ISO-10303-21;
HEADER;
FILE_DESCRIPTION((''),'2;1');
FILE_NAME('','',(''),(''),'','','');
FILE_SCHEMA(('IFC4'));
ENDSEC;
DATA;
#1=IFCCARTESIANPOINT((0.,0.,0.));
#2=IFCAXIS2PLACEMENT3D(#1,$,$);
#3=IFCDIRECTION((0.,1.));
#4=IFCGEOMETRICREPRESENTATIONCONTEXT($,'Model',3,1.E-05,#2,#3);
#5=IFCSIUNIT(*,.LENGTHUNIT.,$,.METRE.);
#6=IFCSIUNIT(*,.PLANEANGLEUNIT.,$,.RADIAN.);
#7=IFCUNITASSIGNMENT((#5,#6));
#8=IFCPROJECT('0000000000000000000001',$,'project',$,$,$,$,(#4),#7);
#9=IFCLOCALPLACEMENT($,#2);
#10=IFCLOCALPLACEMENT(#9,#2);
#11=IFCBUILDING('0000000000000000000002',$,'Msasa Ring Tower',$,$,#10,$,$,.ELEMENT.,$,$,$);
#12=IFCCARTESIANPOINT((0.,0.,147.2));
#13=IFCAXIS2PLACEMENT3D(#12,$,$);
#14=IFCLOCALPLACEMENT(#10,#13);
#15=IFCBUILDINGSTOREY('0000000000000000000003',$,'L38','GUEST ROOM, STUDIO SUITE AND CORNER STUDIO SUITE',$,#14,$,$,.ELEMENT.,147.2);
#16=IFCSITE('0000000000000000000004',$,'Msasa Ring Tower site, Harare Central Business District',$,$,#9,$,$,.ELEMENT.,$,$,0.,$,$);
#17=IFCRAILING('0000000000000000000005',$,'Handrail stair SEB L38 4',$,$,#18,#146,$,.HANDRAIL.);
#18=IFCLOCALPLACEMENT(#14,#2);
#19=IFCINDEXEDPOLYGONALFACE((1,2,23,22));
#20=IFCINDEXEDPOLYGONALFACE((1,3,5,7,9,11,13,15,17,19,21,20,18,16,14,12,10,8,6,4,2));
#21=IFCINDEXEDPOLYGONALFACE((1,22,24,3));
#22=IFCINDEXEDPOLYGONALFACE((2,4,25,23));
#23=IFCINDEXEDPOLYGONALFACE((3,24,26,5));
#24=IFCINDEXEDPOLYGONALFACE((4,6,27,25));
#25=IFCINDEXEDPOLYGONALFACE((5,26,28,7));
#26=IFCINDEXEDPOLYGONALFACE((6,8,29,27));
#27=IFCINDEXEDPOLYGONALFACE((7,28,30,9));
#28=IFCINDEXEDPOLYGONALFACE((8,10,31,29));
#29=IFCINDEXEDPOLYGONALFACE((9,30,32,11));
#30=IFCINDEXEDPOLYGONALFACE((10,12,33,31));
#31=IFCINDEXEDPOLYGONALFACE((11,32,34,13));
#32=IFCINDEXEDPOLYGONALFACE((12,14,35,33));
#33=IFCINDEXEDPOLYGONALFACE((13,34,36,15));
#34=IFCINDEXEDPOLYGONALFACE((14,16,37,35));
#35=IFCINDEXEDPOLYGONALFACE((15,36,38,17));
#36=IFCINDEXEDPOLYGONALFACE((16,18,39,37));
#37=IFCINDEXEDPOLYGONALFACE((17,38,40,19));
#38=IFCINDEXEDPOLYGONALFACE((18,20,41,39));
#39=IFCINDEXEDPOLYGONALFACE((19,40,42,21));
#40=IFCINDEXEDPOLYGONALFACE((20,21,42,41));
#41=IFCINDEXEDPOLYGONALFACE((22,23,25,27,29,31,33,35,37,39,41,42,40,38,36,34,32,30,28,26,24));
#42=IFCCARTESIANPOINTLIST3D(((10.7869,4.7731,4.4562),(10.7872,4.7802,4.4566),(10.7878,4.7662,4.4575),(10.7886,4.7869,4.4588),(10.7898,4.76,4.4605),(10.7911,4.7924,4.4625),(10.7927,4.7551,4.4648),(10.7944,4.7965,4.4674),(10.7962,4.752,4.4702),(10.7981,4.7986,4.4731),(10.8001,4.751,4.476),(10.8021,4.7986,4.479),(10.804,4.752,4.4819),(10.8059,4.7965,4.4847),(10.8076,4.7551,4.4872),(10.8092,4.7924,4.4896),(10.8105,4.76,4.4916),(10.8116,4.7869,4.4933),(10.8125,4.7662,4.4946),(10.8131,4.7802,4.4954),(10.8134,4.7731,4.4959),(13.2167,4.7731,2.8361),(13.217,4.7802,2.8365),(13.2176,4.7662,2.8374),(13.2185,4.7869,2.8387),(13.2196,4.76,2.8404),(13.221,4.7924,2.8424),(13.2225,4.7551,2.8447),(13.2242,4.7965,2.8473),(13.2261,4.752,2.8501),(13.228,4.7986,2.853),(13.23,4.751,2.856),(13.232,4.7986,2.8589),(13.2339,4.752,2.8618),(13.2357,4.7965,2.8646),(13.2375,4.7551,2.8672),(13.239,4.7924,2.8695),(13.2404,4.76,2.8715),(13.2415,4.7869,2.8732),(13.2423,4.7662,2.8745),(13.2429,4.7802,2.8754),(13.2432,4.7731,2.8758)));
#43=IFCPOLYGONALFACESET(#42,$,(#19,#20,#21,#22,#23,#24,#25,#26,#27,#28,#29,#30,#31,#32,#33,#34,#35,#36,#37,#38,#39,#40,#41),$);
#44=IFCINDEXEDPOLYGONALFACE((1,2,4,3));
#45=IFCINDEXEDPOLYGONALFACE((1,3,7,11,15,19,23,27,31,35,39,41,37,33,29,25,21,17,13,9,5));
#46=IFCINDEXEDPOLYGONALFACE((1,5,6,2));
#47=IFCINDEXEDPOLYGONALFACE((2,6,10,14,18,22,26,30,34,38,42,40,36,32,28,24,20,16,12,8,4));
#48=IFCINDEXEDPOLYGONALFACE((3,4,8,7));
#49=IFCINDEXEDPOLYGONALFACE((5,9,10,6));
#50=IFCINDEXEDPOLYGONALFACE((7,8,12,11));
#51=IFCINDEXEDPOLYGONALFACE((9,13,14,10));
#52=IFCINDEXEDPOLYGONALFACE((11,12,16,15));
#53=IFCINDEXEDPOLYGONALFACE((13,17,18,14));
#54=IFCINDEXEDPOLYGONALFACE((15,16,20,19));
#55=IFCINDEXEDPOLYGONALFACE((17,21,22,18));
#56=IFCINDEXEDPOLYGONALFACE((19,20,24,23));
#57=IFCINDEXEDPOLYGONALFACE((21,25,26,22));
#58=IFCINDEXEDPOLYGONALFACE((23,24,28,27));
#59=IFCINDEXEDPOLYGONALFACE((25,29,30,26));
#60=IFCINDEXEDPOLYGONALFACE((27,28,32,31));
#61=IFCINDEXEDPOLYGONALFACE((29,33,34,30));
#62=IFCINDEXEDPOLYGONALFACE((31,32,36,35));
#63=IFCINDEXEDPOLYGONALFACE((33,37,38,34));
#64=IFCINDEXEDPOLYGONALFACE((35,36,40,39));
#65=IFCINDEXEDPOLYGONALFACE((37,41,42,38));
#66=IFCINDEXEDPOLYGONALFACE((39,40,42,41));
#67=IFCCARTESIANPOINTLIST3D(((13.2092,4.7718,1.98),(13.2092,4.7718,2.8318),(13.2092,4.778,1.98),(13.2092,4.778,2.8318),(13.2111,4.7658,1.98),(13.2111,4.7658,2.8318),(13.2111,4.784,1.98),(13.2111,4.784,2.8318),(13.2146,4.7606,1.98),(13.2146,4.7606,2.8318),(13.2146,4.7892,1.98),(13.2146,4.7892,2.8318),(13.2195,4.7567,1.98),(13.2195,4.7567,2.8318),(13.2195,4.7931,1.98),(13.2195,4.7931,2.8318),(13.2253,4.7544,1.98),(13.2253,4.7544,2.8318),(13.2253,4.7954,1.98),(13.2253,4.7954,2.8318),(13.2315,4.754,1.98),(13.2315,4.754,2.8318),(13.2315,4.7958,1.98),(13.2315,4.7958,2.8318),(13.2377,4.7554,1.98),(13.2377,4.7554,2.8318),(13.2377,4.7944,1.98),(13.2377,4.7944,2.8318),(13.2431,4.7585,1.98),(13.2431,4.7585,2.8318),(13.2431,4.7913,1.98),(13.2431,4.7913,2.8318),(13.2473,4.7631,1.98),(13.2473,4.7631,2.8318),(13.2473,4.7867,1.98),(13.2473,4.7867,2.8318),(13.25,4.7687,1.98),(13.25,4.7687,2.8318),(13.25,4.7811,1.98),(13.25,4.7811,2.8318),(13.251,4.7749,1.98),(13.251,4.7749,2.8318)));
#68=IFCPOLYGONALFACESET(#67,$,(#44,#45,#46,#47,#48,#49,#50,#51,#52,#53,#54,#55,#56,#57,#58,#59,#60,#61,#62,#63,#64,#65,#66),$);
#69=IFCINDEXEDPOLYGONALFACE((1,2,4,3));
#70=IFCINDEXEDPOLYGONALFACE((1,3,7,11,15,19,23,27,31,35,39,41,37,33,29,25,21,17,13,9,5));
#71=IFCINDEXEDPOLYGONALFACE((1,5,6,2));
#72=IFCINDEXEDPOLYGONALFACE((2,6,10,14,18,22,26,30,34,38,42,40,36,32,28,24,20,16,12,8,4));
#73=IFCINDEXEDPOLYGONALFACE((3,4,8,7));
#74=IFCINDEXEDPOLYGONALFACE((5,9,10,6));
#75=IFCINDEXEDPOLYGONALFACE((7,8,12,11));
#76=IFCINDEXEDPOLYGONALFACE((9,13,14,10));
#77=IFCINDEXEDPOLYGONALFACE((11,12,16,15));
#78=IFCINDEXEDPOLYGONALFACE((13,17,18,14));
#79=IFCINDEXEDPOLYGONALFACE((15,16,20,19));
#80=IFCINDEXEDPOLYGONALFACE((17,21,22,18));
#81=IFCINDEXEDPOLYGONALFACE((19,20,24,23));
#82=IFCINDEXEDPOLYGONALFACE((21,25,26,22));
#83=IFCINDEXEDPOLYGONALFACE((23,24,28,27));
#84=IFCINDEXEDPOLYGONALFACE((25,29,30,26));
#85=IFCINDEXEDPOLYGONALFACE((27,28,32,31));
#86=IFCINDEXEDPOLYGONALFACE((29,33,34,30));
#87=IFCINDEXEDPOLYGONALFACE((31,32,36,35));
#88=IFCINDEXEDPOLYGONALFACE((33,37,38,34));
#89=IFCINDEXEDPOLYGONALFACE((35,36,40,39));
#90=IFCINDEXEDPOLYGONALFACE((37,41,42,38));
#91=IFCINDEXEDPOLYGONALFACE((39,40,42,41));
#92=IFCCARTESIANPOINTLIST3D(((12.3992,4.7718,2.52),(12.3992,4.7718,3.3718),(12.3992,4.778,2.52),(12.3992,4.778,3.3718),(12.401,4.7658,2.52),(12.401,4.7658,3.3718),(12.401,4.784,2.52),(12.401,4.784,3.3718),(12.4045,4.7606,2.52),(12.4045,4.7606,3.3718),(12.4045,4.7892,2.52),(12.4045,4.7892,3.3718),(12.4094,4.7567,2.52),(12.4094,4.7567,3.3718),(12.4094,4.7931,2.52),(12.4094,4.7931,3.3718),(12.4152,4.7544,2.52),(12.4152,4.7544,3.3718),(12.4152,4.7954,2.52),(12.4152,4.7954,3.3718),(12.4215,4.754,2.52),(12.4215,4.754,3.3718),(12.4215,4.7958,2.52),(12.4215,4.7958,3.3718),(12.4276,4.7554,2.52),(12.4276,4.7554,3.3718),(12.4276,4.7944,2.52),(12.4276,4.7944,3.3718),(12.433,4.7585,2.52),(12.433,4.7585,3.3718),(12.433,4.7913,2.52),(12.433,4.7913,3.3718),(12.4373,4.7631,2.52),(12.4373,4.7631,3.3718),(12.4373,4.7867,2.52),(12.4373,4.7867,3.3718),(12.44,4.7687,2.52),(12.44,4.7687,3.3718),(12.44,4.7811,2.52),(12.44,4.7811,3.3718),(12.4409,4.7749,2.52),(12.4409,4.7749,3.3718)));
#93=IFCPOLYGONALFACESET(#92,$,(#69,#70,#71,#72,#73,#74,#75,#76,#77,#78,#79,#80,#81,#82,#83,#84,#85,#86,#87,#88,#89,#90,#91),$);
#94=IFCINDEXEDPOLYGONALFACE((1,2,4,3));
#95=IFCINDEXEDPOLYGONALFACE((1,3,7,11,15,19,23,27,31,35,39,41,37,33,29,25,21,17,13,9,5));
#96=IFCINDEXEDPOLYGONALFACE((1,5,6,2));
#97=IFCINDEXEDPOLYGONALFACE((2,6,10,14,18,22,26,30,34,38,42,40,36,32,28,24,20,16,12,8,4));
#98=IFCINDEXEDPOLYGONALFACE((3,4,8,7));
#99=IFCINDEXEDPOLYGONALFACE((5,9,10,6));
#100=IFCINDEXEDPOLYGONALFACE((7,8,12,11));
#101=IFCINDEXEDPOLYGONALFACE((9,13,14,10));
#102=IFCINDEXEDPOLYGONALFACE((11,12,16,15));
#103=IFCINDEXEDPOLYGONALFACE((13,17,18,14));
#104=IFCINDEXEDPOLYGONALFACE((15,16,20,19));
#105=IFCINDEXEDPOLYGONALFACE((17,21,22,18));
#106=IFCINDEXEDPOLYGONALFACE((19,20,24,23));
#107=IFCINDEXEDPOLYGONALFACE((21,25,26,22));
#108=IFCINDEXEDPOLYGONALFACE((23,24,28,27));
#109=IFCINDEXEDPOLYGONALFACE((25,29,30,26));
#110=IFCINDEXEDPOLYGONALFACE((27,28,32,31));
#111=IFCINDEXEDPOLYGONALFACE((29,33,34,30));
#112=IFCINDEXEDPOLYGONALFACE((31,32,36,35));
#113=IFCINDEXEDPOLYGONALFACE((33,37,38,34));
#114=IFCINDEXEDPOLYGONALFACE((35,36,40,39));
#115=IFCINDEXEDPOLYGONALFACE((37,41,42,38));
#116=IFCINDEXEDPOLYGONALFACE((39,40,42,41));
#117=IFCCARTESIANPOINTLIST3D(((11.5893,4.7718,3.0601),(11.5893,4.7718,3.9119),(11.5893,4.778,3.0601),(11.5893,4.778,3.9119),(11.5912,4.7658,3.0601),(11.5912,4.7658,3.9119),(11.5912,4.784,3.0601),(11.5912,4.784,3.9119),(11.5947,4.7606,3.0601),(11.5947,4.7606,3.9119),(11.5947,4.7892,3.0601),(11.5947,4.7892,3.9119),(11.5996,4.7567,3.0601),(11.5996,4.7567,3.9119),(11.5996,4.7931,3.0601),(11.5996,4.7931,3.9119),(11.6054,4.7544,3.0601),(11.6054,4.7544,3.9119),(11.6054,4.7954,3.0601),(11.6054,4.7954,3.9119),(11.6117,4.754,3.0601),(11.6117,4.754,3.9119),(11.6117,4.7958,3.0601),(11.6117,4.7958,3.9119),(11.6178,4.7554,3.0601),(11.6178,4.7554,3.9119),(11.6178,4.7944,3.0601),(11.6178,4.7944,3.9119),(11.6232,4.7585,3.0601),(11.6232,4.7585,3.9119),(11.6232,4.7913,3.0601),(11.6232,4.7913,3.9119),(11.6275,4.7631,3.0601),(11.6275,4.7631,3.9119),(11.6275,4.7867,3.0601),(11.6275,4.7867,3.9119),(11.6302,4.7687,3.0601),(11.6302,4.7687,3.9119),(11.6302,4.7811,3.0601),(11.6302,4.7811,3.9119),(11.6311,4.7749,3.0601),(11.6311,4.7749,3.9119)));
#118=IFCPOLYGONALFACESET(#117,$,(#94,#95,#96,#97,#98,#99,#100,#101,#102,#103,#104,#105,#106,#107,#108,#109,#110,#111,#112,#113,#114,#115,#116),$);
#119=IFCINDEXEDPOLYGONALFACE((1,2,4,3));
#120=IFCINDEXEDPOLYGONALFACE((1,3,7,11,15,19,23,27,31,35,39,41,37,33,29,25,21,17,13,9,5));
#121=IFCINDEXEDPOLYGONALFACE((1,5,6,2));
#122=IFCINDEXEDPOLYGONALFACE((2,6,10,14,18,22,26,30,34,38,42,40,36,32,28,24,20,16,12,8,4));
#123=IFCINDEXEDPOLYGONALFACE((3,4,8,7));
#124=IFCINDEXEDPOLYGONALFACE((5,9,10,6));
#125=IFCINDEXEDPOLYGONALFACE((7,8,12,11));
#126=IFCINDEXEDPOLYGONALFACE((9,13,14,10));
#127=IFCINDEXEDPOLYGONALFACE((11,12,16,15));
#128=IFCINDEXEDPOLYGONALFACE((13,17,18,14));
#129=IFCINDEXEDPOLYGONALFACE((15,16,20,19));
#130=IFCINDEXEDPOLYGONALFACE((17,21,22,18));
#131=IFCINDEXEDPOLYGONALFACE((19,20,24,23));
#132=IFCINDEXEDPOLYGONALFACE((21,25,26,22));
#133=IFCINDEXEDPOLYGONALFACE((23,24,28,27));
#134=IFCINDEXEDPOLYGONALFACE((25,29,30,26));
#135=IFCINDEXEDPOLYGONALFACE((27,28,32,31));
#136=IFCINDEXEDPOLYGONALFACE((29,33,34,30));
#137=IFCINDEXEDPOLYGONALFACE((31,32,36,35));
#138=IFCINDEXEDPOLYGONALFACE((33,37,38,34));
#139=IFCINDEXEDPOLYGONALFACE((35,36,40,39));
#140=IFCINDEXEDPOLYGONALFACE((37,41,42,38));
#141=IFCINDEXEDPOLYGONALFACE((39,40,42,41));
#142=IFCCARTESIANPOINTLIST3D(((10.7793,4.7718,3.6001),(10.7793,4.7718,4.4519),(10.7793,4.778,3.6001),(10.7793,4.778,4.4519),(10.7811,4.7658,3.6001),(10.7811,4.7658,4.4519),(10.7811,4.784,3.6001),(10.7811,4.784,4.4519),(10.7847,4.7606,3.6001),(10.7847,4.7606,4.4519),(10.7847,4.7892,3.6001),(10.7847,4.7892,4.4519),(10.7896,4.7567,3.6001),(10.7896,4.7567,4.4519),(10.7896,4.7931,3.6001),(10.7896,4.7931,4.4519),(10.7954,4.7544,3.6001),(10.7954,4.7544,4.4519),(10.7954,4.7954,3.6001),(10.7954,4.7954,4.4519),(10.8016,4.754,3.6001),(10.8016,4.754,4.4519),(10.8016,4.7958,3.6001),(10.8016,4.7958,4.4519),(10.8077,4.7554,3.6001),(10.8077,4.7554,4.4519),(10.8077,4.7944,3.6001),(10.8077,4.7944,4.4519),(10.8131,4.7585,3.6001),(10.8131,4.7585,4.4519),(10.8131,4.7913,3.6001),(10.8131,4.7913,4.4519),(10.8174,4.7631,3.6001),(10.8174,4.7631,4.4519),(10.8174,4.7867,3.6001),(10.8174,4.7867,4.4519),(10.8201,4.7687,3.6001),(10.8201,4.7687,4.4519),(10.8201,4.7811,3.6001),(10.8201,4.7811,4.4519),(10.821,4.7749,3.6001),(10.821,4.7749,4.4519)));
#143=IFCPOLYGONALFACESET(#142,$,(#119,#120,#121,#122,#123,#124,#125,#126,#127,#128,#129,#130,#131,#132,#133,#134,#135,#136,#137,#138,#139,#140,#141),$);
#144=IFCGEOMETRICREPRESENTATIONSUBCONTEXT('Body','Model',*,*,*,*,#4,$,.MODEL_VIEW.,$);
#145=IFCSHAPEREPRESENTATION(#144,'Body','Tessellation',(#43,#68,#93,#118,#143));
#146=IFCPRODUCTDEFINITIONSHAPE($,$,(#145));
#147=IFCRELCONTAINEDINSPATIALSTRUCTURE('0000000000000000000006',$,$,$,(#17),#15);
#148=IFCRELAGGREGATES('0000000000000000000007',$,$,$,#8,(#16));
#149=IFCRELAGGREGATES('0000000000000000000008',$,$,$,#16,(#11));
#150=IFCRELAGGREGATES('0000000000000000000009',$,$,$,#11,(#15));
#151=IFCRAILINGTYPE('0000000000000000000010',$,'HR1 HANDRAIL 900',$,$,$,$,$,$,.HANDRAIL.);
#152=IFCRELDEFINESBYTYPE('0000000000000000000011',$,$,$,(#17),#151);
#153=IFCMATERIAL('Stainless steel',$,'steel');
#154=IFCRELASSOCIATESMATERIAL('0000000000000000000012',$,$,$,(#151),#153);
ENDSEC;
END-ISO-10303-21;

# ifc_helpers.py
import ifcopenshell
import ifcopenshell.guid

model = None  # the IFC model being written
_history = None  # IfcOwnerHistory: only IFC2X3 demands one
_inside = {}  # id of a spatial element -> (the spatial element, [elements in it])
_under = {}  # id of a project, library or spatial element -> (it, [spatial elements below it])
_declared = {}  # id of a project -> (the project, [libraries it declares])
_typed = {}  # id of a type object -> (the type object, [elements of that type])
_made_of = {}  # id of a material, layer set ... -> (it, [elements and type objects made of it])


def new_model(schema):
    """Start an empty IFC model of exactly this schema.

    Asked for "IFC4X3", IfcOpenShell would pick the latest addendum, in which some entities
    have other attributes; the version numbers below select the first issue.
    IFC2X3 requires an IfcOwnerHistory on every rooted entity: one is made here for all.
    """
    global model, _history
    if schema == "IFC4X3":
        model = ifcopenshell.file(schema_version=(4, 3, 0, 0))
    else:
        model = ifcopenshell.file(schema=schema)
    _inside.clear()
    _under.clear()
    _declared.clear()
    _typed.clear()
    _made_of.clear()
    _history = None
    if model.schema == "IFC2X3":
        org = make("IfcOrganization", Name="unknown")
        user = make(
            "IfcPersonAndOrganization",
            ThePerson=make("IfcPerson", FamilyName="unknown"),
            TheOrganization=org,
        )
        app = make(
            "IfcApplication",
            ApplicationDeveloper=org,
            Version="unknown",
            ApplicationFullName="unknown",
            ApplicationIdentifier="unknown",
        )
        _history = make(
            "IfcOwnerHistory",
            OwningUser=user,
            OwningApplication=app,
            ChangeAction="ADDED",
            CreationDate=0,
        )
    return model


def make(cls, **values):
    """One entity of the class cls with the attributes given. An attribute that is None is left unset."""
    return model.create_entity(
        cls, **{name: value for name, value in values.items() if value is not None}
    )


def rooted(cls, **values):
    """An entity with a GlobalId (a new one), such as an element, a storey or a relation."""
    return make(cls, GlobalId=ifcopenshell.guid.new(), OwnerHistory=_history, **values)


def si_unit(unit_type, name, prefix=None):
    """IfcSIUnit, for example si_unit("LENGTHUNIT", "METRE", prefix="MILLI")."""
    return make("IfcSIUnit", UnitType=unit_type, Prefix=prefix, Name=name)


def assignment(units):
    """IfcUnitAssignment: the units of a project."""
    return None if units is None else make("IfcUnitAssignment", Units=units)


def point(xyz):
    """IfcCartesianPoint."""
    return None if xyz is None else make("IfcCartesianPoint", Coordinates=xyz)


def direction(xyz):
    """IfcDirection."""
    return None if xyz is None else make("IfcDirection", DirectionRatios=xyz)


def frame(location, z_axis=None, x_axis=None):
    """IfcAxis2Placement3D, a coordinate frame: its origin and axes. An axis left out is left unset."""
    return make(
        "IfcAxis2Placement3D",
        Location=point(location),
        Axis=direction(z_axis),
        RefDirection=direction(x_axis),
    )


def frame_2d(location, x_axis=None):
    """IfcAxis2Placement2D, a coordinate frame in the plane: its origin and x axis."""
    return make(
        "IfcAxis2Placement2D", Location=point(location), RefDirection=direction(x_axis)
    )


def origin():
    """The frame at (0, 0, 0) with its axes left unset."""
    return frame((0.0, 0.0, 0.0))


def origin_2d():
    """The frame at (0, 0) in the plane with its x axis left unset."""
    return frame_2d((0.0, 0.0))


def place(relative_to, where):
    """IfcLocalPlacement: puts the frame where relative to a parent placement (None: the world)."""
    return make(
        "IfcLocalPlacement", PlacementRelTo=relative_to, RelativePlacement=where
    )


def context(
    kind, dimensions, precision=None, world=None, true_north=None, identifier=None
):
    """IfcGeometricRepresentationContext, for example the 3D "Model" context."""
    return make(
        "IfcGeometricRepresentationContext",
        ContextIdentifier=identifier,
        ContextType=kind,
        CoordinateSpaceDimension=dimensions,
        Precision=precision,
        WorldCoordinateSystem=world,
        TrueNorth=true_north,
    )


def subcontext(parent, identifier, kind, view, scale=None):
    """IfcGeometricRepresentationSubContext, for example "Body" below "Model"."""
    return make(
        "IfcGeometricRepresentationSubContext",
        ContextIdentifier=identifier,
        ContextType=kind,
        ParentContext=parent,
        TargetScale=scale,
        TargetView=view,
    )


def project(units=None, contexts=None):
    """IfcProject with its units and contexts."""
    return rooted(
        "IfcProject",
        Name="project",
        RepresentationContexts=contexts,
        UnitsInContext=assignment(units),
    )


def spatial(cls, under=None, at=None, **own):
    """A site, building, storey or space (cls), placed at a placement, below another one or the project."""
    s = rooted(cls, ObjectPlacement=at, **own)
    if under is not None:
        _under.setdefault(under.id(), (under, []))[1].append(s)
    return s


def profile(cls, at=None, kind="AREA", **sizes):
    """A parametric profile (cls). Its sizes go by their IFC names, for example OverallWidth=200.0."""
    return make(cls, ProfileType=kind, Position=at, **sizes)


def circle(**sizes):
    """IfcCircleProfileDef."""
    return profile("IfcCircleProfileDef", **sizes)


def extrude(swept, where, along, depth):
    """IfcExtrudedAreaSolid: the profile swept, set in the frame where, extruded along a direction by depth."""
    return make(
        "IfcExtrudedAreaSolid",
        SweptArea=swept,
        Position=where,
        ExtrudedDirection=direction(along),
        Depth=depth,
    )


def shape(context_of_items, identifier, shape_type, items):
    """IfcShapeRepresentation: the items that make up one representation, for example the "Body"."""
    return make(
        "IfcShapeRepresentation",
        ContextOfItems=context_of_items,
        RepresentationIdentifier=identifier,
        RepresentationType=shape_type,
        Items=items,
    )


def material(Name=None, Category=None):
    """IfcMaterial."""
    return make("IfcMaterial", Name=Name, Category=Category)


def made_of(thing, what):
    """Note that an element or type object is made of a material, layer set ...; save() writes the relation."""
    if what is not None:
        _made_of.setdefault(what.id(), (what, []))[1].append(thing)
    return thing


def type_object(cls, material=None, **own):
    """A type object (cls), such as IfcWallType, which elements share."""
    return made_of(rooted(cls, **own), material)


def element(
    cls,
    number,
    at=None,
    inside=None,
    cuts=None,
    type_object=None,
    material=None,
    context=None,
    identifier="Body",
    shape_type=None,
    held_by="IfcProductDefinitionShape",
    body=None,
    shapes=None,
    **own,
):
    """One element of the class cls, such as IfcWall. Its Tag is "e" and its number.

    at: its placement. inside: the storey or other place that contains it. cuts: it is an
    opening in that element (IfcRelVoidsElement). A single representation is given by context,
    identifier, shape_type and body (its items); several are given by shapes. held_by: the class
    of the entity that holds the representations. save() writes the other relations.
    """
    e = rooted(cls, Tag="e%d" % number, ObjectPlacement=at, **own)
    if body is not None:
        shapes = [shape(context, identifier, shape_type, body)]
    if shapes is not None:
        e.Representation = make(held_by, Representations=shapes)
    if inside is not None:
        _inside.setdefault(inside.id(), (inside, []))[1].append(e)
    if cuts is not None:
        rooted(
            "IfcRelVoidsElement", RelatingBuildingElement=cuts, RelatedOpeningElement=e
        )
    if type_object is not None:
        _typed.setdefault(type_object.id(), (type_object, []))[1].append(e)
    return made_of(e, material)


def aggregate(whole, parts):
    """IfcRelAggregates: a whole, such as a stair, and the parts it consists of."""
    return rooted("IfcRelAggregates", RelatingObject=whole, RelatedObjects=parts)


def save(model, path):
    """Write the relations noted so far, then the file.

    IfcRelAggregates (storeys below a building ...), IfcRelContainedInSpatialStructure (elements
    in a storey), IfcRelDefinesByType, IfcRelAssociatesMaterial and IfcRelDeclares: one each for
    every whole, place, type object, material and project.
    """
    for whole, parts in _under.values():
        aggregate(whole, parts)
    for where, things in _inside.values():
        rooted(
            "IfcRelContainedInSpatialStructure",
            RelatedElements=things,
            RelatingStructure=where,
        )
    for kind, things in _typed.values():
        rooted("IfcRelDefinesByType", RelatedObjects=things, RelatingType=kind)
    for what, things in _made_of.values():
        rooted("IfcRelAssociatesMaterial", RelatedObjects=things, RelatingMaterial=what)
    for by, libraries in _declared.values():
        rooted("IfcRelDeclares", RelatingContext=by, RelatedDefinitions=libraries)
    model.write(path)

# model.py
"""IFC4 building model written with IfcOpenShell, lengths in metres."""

from ifc_helpers import new_model, si_unit, direction, frame, origin, origin_2d, place, context, subcontext, project, spatial, circle, extrude, material, type_object, element, save


model = new_model("IFC4")

# Units and contexts
model_context = context("Model", 3, precision=1e-05, world=origin(), true_north=direction((0.0, 1.0)))
body_context = subcontext(model_context, "Body", "Model", "MODEL_VIEW")
ifc_project = project(units=[si_unit("LENGTHUNIT", "METRE"), si_unit("PLANEANGLEUNIT", "RADIAN")], contexts=[model_context])

# Site, building, storey
site_placement = place(None, origin())
site = spatial("IfcSite", under=ifc_project, at=site_placement, Name="Msasa Ring Tower site, Harare Central Business District", CompositionType="ELEMENT", RefElevation=0.0)
building_placement = place(site_placement, origin())
building = spatial("IfcBuilding", under=site, at=building_placement, Name="Msasa Ring Tower", CompositionType="ELEMENT")
storey_placement = place(building_placement, frame((0.0, 0.0, 147.2)))
storey = spatial("IfcBuildingStorey", under=building, at=storey_placement, Name="L38", Description="GUEST ROOM, STUDIO SUITE AND CORNER STUDIO SUITE", CompositionType="ELEMENT", Elevation=147.2)

# Railing
ifc_material_1 = material(Name="Stainless steel", Category="steel")
railing_type = type_object("IfcRailingType", Name="HR1 HANDRAIL 900", PredefinedType="HANDRAIL", material=ifc_material_1)
for number, where, name in (
    (1, (13.23, 4.7749, 1.98), "Handrail stair SEB L38 4"),
):
    element("IfcRailing", number, at=place(storey_placement, frame(where)), inside=storey, type_object=railing_type, Name=name, PredefinedType="HANDRAIL", context=body_context, shape_type="SweptSolid", body=[
        extrude(circle(Radius=0.0239, at=origin_2d()), frame((0.0, 0.0, 0.876), z_axis=(-0.832025, 0.0, 0.554739), x_axis=(0.0, -1.0, 0.0)), (0.0, 0.0, 1.0), 2.9204),
        extrude(circle(Radius=0.021, at=origin_2d()), origin(), (0.0, 0.0, 1.0), 0.8518),
        extrude(circle(Radius=0.021, at=origin_2d()), frame((-0.8101, 0.0, 0.54)), (0.0, 0.0, 1.0), 0.8518),
        extrude(circle(Radius=0.021, at=origin_2d()), frame((-1.6199, 0.0, 1.0801)), (0.0, 0.0, 1.0), 0.8518),
        extrude(circle(Radius=0.021, at=origin_2d()), frame((-2.4299, 0.0, 1.6201)), (0.0, 0.0, 1.0), 0.8518),
    ])

save(model, "model.ifc")
